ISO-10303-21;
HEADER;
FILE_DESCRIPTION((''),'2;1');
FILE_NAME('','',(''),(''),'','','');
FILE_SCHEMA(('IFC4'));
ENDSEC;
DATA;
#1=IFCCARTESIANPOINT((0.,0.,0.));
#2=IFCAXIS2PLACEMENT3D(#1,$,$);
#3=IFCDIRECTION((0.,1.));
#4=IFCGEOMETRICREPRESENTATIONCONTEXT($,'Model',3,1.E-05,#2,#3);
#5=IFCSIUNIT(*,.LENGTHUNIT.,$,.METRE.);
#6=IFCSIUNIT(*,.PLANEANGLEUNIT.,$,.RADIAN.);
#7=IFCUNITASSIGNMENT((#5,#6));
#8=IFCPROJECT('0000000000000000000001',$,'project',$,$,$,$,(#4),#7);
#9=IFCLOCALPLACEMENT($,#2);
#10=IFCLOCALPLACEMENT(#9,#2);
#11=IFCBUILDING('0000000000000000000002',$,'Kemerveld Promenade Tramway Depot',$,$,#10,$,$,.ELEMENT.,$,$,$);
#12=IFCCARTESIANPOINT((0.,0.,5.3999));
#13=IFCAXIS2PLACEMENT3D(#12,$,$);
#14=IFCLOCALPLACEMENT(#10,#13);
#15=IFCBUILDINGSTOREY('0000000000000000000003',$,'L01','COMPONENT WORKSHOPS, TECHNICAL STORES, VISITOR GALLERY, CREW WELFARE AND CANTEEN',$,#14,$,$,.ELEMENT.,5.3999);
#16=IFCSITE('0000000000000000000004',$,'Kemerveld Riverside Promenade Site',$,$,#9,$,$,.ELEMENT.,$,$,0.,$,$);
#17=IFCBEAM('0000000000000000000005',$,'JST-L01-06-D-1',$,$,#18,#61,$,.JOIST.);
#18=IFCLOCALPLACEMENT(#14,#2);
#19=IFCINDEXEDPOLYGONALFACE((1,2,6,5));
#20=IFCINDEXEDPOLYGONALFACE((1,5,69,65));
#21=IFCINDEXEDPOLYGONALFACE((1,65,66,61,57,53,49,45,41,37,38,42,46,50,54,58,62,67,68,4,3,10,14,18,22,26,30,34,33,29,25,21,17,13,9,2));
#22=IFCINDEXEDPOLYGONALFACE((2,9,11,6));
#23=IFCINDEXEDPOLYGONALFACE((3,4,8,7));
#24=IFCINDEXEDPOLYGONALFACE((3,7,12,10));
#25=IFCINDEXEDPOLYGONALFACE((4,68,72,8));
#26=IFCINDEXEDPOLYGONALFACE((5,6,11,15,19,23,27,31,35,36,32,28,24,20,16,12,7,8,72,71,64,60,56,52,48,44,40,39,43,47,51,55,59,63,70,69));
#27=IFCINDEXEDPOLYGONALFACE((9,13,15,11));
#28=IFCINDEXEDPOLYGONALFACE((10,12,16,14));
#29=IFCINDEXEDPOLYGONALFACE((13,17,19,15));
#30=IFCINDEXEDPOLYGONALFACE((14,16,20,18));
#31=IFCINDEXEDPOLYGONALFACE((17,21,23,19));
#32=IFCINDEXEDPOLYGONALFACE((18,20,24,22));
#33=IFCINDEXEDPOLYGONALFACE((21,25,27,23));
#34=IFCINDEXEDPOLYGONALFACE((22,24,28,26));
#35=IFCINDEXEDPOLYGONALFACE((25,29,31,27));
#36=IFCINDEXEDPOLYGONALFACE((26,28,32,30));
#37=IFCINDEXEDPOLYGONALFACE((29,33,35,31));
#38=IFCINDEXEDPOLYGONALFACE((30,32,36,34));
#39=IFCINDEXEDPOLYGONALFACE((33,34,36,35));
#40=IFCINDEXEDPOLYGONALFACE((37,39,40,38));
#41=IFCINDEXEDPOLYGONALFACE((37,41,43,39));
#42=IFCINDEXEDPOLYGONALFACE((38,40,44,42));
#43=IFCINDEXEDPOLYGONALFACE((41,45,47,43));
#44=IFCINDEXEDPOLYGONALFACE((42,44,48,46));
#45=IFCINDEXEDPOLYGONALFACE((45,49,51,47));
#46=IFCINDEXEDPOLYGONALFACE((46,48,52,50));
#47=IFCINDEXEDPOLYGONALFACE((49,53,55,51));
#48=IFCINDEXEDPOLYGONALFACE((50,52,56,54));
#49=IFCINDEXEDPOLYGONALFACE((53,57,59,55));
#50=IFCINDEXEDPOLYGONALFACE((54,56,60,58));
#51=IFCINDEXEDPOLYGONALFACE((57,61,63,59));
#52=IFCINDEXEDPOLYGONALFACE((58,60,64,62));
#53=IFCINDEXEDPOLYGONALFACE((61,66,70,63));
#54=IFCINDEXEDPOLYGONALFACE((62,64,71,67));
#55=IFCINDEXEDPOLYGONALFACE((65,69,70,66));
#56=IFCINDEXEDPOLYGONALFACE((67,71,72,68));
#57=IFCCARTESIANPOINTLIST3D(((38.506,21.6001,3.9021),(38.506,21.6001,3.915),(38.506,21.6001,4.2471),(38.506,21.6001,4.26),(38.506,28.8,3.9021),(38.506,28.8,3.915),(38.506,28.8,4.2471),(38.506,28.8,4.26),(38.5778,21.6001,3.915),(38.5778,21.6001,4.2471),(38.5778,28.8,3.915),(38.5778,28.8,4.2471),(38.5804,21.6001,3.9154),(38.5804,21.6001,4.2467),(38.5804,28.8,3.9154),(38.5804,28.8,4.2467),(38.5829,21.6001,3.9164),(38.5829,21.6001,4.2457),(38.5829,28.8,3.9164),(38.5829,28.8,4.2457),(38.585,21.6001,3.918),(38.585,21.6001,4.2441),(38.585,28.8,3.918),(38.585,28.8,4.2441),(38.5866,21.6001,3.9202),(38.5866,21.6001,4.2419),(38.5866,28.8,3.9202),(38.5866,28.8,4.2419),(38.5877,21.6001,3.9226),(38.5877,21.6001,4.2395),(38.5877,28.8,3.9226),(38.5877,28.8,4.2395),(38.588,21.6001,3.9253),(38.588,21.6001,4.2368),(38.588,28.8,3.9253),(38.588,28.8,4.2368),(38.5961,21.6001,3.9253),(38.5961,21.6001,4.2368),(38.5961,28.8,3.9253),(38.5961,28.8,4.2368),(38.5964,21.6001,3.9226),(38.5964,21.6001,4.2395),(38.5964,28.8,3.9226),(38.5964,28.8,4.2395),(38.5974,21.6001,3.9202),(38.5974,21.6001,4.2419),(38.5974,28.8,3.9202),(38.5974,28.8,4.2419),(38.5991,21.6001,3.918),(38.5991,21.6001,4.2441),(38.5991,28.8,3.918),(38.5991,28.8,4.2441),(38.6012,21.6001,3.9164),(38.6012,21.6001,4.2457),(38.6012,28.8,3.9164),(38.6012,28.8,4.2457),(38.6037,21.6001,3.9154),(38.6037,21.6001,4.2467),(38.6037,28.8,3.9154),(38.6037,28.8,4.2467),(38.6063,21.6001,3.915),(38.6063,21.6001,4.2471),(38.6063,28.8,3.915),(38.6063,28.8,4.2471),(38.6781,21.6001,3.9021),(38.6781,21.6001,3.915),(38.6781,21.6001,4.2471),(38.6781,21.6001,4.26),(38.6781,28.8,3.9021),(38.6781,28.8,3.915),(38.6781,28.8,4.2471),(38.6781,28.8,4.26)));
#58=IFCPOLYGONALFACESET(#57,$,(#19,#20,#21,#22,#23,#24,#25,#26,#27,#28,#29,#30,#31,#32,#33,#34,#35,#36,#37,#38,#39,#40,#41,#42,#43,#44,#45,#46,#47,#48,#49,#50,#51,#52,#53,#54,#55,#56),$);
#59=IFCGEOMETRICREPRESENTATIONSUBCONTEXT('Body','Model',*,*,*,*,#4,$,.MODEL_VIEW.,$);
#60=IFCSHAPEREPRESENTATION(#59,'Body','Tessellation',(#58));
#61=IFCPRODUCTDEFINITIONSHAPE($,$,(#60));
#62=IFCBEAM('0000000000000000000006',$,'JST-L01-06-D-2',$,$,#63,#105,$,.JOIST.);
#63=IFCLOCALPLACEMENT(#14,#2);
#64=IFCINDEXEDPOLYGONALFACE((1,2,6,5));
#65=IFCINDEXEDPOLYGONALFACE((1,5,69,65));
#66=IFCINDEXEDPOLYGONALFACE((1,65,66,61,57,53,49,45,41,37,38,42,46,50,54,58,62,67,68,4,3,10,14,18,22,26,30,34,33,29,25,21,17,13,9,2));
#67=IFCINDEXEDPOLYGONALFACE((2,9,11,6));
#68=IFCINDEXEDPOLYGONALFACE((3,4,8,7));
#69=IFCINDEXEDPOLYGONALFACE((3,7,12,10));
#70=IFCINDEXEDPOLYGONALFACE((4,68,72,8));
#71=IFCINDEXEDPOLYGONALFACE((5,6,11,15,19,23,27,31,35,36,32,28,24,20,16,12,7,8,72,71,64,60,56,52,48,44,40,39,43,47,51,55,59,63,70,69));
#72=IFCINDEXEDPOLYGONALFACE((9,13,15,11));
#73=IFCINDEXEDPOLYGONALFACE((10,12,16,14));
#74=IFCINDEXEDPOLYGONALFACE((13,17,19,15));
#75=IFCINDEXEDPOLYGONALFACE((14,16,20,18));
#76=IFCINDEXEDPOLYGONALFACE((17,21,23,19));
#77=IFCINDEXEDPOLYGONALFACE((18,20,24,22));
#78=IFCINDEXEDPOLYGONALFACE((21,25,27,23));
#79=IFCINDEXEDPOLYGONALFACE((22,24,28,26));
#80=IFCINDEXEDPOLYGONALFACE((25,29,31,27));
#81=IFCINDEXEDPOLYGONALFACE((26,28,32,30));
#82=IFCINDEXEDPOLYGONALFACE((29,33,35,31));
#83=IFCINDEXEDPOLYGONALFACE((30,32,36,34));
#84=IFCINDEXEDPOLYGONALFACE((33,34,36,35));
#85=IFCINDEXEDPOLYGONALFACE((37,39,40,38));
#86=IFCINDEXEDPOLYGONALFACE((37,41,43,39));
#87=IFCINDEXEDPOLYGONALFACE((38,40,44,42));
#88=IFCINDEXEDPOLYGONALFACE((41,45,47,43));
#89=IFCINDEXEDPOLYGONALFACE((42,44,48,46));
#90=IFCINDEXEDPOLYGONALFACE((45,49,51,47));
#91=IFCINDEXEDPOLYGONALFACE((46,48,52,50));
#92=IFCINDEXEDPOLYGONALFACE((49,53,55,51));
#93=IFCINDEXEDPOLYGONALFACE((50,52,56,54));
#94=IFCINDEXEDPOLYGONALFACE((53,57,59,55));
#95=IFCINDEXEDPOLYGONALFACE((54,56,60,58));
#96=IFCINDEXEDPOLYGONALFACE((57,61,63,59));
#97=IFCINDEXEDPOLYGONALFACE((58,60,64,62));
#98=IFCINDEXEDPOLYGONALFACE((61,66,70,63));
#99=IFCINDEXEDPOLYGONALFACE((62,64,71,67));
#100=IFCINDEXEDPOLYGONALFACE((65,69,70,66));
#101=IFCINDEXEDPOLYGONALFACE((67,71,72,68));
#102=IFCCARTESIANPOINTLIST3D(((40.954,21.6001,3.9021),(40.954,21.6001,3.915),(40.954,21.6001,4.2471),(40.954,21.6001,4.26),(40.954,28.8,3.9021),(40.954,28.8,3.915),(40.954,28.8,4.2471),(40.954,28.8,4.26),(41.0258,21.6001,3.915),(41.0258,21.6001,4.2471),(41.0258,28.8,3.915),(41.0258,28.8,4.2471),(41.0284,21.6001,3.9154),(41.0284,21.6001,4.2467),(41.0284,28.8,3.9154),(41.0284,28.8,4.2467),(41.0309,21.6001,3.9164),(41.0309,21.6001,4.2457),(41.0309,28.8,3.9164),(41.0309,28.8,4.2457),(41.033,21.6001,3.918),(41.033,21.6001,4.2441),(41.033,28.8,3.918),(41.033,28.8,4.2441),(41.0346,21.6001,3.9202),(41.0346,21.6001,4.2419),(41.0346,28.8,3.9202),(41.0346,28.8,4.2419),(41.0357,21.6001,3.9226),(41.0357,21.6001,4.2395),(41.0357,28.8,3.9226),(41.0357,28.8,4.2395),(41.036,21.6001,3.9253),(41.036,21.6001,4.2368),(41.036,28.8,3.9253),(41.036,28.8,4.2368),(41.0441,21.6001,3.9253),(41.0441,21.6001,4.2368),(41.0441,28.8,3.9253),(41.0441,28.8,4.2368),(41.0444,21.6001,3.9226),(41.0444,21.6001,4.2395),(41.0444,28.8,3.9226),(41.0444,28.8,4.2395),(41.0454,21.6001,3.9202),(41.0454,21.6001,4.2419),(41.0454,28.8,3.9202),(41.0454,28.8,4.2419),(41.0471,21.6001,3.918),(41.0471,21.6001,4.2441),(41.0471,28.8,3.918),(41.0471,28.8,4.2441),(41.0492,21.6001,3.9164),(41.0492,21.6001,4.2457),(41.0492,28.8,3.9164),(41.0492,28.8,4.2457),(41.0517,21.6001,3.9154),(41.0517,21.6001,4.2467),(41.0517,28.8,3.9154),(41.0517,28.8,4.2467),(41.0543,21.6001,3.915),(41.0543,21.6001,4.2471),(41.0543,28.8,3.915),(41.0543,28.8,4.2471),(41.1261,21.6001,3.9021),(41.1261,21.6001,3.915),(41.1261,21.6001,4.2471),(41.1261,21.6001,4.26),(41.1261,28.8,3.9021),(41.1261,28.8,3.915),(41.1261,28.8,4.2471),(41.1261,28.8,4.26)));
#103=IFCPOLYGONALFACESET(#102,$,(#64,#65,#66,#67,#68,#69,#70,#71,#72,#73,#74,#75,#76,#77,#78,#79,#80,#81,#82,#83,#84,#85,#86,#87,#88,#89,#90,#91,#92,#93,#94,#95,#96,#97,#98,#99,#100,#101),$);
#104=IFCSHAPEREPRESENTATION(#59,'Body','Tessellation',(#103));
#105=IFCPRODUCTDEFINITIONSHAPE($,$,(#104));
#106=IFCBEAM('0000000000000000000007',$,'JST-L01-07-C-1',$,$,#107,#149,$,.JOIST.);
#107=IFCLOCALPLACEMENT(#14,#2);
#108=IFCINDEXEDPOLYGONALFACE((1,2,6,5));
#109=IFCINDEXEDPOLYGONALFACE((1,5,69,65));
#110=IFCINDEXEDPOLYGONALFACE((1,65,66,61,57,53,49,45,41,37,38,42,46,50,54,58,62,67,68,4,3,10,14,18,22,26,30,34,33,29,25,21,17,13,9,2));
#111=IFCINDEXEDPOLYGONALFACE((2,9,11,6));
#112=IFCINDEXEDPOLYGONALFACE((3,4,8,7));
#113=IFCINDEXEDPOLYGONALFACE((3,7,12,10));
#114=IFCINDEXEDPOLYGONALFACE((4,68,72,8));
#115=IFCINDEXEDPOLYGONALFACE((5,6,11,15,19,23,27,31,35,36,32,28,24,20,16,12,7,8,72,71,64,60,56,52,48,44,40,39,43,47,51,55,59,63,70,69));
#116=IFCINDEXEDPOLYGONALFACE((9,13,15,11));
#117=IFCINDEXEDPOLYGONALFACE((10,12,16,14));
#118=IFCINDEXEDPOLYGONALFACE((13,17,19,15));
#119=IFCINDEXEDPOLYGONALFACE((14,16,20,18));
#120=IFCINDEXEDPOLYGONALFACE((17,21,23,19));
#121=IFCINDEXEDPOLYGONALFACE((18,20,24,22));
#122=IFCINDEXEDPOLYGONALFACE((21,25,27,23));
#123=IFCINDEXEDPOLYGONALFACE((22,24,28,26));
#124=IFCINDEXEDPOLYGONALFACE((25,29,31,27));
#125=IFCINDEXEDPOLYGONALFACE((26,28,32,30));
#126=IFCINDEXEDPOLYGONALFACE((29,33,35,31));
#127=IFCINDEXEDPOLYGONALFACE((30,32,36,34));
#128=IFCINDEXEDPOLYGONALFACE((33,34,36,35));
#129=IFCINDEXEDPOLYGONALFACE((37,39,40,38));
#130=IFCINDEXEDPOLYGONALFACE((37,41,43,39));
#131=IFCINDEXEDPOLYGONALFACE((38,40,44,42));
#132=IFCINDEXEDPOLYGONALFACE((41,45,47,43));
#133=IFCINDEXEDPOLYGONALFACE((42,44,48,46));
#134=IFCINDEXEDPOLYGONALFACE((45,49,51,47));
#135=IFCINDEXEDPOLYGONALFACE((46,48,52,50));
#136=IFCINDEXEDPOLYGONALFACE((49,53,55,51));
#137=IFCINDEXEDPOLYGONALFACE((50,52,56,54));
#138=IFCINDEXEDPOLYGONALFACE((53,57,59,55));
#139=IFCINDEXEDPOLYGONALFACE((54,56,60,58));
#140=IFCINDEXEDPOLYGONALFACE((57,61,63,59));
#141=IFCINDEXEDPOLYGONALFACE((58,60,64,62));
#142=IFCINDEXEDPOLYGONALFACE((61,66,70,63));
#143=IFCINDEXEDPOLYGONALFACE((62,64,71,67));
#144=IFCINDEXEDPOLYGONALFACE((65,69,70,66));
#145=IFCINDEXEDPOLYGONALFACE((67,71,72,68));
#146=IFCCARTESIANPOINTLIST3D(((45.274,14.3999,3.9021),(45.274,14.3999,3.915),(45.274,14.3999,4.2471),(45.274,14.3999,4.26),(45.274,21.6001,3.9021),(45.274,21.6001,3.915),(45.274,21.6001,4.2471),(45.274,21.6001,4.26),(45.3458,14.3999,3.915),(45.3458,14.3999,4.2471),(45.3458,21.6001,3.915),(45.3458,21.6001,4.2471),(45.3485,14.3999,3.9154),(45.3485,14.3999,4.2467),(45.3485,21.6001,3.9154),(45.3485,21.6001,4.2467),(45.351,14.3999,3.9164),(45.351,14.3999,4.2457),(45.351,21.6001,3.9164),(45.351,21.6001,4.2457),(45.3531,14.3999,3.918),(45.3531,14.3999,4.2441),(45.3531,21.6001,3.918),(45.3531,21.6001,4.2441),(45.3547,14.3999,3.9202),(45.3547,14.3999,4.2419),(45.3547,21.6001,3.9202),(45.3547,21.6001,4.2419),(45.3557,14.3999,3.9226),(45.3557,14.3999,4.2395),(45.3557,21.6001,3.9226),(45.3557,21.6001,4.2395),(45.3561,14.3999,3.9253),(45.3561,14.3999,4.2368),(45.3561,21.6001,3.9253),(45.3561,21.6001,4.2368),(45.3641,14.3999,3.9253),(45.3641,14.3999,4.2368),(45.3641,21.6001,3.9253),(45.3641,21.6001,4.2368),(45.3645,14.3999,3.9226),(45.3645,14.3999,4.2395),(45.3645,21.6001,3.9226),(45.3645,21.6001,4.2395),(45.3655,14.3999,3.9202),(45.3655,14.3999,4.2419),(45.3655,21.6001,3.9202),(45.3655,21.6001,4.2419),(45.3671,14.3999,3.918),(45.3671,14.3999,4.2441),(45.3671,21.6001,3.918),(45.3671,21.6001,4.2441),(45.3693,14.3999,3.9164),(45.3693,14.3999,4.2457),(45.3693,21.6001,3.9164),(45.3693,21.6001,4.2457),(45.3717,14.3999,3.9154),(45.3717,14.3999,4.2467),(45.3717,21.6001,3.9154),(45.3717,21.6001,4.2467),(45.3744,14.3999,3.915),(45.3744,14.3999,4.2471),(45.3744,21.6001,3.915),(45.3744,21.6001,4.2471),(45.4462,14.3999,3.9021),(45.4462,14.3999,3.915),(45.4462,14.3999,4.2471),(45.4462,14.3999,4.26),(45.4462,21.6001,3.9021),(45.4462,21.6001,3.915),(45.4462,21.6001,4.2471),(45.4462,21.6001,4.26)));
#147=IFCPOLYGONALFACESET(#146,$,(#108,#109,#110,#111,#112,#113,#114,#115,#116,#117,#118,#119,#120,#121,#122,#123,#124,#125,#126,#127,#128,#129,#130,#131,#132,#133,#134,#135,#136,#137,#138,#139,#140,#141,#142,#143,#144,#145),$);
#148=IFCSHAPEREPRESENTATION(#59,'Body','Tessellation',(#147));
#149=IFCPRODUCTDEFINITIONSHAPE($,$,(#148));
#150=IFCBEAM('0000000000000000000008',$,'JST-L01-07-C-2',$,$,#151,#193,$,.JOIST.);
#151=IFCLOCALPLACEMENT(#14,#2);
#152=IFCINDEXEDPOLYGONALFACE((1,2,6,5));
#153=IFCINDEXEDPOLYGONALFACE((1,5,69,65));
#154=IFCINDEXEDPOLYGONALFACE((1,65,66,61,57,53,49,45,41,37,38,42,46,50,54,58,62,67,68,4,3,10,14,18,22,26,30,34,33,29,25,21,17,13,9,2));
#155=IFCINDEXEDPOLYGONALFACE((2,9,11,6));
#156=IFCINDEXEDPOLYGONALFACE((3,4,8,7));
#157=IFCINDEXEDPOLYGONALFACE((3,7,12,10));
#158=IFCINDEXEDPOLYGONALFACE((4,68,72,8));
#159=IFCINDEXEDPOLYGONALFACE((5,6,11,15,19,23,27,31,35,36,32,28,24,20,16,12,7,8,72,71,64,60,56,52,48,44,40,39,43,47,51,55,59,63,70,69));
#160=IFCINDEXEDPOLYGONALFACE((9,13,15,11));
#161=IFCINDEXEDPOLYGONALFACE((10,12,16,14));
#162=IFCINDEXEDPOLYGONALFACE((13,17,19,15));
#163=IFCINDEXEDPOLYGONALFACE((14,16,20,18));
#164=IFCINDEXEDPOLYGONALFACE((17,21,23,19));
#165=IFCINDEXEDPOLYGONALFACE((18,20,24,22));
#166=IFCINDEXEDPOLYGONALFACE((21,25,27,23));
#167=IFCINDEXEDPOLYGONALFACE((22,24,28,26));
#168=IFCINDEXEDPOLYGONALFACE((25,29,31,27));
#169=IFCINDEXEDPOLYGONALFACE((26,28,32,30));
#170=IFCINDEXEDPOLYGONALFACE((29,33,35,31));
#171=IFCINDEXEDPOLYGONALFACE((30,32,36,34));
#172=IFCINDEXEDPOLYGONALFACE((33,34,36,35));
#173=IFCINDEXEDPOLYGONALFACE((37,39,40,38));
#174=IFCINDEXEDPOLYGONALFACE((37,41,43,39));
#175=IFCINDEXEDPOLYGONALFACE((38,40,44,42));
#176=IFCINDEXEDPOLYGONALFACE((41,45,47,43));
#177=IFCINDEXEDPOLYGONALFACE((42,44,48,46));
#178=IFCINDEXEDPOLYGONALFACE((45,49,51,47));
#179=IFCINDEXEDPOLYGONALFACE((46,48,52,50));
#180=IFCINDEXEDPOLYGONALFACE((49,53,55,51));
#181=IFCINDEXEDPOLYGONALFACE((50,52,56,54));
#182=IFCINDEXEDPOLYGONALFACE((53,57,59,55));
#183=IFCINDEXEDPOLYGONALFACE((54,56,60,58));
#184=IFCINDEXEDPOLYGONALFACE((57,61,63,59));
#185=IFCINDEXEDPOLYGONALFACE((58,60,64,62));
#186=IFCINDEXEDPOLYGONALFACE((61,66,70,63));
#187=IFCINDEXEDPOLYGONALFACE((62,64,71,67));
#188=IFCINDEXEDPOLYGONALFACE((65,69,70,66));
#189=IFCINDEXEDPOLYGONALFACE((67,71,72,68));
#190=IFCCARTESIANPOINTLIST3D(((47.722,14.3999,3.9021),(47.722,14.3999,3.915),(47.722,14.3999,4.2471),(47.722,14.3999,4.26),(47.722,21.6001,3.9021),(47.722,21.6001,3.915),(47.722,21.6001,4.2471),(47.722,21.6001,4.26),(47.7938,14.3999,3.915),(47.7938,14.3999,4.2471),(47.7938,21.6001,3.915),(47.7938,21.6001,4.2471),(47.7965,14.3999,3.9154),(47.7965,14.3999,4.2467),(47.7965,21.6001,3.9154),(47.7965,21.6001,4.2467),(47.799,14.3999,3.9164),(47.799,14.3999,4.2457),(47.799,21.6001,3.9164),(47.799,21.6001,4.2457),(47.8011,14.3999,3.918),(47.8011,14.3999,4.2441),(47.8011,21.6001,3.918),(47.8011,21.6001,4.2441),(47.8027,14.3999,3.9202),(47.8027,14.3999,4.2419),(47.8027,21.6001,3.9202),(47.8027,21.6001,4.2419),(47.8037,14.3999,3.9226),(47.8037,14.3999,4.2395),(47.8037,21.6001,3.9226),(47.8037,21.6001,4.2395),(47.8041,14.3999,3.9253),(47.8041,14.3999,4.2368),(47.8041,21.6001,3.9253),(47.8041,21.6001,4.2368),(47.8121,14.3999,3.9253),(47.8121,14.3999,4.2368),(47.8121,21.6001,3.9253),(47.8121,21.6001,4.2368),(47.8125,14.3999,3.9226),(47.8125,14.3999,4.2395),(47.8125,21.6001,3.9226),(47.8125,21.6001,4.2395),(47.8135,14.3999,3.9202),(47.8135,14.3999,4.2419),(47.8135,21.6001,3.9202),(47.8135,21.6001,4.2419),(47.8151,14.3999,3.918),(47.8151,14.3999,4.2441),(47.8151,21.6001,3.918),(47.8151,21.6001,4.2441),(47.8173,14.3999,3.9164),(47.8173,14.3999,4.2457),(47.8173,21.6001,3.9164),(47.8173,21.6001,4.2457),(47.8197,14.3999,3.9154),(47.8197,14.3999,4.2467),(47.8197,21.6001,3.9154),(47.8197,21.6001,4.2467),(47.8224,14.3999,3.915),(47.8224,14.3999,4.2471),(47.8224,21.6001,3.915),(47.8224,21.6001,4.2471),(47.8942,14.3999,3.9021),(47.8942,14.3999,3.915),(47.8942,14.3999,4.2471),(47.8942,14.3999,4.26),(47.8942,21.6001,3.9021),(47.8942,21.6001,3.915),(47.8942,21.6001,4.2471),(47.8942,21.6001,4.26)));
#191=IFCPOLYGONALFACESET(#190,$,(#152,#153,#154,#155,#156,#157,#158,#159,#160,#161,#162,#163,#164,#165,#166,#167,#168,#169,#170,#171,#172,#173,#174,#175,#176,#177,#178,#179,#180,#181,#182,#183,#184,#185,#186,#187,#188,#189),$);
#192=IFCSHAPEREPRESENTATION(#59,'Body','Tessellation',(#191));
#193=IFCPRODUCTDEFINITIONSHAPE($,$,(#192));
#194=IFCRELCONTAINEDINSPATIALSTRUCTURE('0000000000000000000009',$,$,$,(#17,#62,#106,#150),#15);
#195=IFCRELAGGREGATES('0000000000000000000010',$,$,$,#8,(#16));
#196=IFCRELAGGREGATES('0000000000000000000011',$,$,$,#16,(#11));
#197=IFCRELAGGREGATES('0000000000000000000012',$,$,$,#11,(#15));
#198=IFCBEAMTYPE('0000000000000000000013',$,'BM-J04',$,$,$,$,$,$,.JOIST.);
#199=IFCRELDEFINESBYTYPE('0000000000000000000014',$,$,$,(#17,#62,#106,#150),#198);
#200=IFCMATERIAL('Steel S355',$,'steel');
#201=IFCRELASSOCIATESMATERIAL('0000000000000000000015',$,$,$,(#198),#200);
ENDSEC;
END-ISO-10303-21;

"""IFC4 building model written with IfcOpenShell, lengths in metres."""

from ifc_helpers import new_model, si_unit, direction, frame, origin, origin_2d, place, context, subcontext, project, spatial, i_section, extrude, material, material_profile, profile_set, type_object, element, save


model = new_model("IFC4")

# Units and contexts
model_context = context("Model", 3, precision=1e-05, world=origin(), true_north=direction((0.0, 1.0)))
body_context = subcontext(model_context, "Body", "Model", "MODEL_VIEW")
ifc_project = project(units=[si_unit("LENGTHUNIT", "METRE"), si_unit("PLANEANGLEUNIT", "RADIAN")], contexts=[model_context])

# Site, building, storey
site_placement = place(None, origin())
site = spatial("IfcSite", under=ifc_project, at=site_placement, Name="Kemerveld Riverside Promenade Site", CompositionType="ELEMENT", RefElevation=0.0)
building_placement = place(site_placement, origin())
building = spatial("IfcBuilding", under=site, at=building_placement, Name="Kemerveld Promenade Tramway Depot", CompositionType="ELEMENT")
storey_placement = place(building_placement, frame((0.0, 0.0, 5.3999)))
storey = spatial("IfcBuildingStorey", under=building, at=storey_placement, Name="L01", Description="COMPONENT WORKSHOPS, TECHNICAL STORES, VISITOR GALLERY, CREW WELFARE AND CANTEEN", CompositionType="ELEMENT", Elevation=5.3999)

# Shared definitions
ifc_material = material(Name="Steel S355", Category="steel")

# Beams
ifc_material_profile_1 = material_profile(ifc_material, i_section(OverallWidth=0.1721, OverallDepth=0.3579, WebThickness=0.0081, FlangeThickness=0.0129, FilletRadius=0.0103, at=origin_2d()), Name="356x171x57 UB")
ifc_profile_set_1 = profile_set([ifc_material_profile_1], Name="Steel S355")
beam_type_1 = type_object("IfcBeamType", Name="BM-J04", PredefinedType="JOIST", material=ifc_profile_set_1)
for number, where, z_axis, x_axis, name in (
    (1, (38.592, 21.6001, 4.0811), (0.0, 1.0, 0.0), (-1.0, 0.0, 0.0), "JST-L01-06-D-1"),
    (2, (41.04, 21.6001, 4.0811), (0.0, 1.0, 0.0), (-1.0, 0.0, 0.0), "JST-L01-06-D-2"),
):
    element("IfcBeam", number, at=place(storey_placement, frame(where, z_axis=z_axis, x_axis=x_axis)), inside=storey, type_object=beam_type_1, Name=name, PredefinedType="JOIST", context=body_context, shape_type="SweptSolid", body=[
        extrude(i_section(OverallWidth=0.1721, OverallDepth=0.3579, WebThickness=0.0081, FlangeThickness=0.0129, FilletRadius=0.0103, at=origin_2d()), origin(), (0.0, 0.0, 1.0), 7.2),
    ])
for number, where, z_axis, x_axis, name in (
    (3, (45.3601, 14.3999, 4.0811), (0.0, 1.0, 0.0), (-1.0, 0.0, 0.0), "JST-L01-07-C-1"),
    (4, (47.8081, 14.3999, 4.0811), (0.0, 1.0, 0.0), (-1.0, 0.0, 0.0), "JST-L01-07-C-2"),
):
    element("IfcBeam", number, at=place(storey_placement, frame(where, z_axis=z_axis, x_axis=x_axis)), inside=storey, type_object=beam_type_1, Name=name, PredefinedType="JOIST", context=body_context, shape_type="SweptSolid", body=[
        extrude(i_section(OverallWidth=0.1721, OverallDepth=0.3579, WebThickness=0.0081, FlangeThickness=0.0129, FilletRadius=0.0103, at=origin_2d()), origin(), (0.0, 0.0, 1.0), 7.2002),
    ])

save(model, "model.ifc")
